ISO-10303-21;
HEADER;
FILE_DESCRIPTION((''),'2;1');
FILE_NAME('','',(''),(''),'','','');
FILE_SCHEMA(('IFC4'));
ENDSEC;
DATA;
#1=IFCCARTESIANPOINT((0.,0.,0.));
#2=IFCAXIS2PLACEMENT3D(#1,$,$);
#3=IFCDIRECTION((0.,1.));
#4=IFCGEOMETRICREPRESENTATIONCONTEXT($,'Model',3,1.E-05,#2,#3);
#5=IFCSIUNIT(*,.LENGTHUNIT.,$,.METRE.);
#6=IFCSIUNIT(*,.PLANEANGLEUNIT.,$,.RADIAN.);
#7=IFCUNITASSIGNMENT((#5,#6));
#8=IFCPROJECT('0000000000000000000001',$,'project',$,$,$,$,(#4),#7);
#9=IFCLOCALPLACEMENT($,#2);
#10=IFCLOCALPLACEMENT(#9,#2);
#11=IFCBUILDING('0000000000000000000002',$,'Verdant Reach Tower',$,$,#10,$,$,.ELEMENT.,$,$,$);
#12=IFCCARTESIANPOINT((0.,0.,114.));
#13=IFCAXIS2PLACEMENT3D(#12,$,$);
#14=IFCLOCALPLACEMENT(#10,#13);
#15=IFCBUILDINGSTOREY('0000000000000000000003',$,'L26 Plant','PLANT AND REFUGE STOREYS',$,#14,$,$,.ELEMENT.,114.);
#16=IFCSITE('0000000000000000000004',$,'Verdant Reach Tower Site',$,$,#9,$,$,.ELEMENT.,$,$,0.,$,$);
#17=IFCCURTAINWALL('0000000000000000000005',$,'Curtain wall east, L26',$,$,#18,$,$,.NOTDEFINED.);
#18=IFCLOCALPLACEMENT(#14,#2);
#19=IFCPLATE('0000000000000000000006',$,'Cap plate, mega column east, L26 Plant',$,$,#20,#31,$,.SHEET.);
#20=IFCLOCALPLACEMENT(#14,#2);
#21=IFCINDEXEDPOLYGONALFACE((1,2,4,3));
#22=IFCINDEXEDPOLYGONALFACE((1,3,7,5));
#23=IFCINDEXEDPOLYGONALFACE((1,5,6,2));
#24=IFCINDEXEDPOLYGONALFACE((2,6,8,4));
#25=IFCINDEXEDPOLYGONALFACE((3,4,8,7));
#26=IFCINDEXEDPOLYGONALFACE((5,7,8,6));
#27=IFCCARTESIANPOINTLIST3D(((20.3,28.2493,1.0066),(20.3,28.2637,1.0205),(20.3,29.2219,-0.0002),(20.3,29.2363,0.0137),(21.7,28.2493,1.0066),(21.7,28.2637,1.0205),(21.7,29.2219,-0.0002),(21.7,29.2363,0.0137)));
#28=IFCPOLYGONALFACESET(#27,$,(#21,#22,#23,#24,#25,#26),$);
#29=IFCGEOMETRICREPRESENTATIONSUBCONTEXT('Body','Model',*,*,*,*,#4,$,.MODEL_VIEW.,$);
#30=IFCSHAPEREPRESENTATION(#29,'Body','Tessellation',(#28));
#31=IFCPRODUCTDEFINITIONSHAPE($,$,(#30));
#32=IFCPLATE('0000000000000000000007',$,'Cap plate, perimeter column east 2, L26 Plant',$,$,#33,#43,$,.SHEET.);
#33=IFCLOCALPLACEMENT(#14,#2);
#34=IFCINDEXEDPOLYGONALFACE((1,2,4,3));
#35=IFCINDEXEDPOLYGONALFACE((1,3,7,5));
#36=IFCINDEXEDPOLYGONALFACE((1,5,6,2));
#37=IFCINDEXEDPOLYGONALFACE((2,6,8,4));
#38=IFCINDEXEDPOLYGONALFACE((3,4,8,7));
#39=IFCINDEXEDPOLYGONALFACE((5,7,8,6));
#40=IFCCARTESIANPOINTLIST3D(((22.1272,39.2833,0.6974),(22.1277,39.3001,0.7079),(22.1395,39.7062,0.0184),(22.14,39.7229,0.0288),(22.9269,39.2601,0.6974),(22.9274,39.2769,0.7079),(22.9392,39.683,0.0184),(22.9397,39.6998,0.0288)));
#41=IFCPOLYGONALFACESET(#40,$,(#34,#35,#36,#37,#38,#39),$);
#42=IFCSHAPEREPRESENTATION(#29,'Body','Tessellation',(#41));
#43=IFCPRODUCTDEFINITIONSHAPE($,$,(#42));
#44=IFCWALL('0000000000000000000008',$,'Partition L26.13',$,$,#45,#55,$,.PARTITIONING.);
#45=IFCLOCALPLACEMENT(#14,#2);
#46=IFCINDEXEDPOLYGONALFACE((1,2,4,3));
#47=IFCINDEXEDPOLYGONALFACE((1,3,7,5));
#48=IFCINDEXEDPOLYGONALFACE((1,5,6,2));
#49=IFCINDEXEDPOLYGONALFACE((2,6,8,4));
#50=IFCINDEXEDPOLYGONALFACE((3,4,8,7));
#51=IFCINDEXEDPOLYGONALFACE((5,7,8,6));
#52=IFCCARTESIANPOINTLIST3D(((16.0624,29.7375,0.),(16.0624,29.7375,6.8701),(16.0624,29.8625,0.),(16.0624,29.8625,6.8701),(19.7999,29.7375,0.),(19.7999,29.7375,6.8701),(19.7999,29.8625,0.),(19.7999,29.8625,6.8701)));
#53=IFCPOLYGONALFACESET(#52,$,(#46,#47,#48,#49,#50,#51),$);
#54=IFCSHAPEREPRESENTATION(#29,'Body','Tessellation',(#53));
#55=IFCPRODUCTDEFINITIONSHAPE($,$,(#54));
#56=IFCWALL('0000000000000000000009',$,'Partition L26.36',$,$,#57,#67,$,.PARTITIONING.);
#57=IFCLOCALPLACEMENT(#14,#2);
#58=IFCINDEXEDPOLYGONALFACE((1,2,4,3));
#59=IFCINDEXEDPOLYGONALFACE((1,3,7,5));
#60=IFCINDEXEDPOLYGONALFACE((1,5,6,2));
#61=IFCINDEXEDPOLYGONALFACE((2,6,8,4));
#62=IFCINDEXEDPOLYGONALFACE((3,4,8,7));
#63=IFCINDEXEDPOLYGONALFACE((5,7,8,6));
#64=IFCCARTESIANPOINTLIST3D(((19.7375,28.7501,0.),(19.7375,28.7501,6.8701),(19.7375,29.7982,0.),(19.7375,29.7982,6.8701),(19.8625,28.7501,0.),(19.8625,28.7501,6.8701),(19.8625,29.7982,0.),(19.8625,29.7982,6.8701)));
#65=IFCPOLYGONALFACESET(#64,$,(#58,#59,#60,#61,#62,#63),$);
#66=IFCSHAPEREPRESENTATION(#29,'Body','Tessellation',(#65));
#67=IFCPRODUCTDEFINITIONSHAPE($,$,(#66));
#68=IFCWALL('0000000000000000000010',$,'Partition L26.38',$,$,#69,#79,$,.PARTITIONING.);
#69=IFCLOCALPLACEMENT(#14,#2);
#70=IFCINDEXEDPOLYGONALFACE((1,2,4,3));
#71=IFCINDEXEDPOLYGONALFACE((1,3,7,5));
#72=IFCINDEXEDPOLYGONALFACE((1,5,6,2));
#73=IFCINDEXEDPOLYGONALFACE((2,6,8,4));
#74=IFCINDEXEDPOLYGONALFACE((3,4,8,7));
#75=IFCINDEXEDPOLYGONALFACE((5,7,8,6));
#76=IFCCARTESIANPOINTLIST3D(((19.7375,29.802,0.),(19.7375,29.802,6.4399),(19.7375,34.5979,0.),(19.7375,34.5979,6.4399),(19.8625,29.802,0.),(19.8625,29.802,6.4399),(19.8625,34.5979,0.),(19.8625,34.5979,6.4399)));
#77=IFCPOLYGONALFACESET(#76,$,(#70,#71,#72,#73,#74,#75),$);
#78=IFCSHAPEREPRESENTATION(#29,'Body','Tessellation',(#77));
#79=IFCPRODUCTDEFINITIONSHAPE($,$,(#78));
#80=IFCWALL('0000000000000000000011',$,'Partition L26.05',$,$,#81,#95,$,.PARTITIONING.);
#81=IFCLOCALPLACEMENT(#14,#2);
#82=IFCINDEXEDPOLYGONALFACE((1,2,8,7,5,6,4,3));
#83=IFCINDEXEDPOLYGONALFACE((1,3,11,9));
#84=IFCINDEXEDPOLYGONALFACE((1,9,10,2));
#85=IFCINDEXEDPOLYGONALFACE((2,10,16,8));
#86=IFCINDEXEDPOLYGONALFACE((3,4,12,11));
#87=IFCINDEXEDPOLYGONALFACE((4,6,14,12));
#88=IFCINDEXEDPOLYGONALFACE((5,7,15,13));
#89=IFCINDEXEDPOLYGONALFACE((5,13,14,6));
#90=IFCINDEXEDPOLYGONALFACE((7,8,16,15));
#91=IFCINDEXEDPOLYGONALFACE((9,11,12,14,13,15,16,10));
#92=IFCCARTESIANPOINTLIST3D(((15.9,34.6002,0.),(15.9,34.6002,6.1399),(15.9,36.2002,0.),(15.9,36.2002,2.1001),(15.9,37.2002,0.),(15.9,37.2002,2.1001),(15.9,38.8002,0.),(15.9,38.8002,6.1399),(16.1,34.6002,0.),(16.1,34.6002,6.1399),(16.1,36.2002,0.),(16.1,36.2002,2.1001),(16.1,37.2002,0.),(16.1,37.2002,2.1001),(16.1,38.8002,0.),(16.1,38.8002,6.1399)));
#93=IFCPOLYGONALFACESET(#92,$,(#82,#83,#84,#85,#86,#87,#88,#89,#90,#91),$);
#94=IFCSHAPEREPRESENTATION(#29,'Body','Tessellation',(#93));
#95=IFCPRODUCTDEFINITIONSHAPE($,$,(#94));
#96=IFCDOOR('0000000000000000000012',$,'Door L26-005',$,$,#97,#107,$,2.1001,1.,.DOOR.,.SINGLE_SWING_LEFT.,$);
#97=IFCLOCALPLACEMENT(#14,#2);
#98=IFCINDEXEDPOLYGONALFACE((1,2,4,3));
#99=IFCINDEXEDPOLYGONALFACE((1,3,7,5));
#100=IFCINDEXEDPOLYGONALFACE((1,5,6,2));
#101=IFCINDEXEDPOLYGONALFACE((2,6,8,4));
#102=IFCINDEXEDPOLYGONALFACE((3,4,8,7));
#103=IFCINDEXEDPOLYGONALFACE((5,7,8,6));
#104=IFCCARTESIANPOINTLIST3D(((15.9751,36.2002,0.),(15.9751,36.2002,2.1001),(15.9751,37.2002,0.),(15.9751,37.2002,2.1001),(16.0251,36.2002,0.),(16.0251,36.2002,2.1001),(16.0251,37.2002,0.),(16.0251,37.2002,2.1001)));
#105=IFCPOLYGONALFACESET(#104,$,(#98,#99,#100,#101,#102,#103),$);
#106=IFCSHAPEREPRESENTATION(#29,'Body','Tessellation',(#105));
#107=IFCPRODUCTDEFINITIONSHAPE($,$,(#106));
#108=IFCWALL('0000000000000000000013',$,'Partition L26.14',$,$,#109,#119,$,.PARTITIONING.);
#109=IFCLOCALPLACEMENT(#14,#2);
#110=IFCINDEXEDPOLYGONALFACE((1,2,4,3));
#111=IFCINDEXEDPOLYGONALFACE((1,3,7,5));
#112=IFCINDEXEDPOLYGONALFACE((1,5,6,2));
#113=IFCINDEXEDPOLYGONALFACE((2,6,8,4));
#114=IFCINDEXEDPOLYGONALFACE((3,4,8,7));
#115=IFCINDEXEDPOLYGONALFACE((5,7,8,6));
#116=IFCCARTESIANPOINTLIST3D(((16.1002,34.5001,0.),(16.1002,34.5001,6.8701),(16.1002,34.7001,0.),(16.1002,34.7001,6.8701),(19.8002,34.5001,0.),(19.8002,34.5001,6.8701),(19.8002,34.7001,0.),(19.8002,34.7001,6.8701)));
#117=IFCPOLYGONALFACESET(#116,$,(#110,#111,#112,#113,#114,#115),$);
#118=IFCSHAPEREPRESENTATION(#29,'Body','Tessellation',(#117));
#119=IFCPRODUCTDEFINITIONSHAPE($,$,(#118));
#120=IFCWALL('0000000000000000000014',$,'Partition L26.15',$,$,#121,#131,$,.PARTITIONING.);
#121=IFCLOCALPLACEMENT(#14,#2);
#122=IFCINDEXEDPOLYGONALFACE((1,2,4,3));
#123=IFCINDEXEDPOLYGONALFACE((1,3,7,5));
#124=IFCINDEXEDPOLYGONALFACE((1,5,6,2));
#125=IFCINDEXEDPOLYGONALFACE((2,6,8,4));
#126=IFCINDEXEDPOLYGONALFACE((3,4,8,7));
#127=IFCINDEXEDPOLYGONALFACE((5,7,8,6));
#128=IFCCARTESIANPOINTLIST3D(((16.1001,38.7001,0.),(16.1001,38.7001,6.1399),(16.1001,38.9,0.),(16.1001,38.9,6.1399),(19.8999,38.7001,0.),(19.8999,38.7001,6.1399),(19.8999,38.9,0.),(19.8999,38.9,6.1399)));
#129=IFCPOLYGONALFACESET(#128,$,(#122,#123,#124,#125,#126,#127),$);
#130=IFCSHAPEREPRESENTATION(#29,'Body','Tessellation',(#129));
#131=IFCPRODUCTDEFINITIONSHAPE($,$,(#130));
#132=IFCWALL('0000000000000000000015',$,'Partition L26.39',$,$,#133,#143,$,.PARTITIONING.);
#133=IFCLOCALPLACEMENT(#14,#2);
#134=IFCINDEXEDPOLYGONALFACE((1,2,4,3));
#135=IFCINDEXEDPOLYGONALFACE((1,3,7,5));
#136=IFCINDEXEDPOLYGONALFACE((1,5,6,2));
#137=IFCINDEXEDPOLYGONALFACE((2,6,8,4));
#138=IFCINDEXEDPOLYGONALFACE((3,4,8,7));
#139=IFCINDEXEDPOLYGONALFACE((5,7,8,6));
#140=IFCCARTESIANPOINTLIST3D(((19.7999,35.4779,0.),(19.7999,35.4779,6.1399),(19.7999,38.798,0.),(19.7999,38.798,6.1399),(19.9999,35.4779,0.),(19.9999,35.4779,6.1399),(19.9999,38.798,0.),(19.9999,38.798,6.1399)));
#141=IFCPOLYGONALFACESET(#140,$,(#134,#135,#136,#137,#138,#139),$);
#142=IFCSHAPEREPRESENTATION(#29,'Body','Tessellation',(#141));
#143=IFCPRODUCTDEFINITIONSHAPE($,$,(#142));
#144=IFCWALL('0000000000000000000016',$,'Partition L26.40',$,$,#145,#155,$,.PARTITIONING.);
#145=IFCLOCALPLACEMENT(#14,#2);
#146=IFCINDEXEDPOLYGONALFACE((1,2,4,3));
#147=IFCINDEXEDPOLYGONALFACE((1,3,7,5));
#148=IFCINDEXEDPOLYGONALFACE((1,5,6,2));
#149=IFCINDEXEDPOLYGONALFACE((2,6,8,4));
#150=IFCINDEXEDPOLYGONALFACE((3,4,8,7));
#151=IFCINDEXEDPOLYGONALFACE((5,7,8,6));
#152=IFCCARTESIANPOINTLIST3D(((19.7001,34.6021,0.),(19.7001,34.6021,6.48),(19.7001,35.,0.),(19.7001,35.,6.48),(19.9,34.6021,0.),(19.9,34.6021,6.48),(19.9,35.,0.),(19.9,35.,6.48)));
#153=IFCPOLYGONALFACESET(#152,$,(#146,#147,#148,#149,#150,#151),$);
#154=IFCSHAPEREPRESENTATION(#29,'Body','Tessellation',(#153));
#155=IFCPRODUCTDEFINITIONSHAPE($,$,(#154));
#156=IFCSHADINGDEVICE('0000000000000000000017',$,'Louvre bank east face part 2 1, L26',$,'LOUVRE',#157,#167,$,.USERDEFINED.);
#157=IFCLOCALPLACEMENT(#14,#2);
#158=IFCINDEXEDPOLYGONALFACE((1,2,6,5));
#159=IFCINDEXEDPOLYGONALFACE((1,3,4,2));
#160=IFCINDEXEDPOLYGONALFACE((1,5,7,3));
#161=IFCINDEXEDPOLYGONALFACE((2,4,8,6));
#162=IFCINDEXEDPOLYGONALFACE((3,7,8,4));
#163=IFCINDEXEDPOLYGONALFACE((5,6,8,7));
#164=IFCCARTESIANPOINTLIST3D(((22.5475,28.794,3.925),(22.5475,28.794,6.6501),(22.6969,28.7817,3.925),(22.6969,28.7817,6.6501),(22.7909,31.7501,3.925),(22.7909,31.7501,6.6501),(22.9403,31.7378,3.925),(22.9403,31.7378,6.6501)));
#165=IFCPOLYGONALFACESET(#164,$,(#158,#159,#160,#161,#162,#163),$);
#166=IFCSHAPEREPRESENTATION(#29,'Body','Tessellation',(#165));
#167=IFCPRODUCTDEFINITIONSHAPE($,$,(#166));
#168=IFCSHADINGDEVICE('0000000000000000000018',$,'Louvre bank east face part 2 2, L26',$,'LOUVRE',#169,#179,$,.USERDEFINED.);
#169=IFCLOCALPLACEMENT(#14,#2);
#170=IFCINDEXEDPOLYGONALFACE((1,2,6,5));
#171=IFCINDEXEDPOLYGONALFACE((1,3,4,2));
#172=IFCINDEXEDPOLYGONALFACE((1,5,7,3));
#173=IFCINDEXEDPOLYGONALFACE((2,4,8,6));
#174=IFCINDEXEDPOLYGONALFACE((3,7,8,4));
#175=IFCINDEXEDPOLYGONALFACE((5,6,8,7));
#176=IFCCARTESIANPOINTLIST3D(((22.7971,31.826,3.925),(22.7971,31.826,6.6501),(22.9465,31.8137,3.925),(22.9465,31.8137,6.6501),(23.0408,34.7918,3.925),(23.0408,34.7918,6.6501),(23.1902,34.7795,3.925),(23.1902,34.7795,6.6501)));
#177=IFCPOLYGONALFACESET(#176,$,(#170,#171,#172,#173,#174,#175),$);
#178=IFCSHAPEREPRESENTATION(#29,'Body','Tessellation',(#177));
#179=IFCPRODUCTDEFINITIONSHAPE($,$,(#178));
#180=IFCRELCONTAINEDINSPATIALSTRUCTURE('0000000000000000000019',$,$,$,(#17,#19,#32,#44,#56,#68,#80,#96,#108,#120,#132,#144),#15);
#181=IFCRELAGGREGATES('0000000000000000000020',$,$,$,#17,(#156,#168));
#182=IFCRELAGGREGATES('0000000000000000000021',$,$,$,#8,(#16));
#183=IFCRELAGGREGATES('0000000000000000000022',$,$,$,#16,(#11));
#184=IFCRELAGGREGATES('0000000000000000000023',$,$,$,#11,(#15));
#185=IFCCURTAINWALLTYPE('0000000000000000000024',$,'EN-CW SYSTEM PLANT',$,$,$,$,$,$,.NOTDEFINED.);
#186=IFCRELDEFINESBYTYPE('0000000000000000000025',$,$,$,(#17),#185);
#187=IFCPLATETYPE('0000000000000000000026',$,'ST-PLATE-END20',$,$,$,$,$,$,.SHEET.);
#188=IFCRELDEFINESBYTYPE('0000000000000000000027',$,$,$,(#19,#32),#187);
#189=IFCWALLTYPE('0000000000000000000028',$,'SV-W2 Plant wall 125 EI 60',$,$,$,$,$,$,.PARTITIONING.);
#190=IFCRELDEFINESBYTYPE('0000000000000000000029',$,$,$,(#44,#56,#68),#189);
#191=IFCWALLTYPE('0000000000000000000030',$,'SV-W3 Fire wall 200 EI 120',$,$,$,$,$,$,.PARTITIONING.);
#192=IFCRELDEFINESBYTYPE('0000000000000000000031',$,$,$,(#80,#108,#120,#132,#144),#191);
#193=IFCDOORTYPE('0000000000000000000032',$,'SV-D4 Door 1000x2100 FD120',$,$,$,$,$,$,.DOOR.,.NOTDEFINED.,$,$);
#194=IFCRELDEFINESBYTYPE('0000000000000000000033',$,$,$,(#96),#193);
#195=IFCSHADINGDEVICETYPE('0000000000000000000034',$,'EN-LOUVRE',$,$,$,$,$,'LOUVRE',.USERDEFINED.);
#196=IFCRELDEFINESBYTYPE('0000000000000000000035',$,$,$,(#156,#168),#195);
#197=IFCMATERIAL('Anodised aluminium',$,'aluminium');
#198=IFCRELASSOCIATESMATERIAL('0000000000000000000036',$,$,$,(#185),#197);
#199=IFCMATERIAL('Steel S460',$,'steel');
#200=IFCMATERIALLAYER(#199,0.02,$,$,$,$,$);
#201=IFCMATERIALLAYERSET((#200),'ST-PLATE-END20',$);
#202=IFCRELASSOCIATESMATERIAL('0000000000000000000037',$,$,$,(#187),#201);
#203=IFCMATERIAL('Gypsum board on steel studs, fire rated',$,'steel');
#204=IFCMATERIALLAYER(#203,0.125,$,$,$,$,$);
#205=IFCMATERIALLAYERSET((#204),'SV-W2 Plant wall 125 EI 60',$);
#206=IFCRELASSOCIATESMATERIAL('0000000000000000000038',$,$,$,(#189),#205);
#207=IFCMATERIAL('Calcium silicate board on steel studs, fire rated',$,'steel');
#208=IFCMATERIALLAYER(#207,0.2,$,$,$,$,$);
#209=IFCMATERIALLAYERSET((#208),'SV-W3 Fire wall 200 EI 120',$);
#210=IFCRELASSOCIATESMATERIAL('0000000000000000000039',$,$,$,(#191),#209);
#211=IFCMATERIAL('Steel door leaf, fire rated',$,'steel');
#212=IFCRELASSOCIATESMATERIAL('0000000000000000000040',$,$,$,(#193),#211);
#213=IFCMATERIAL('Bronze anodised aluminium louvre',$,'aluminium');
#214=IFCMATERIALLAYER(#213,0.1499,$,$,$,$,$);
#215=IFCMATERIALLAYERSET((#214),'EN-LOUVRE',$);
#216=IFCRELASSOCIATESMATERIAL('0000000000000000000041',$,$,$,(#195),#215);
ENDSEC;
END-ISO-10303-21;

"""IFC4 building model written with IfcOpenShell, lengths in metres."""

from ifc_helpers import new_model, si_unit, direction, frame, frame_2d, origin, origin_2d, place, context, subcontext, project, spatial, rectangle, extrude, material, layer, layer_set, type_object, element, fill, aggregate, save


model = new_model("IFC4")

# Units and contexts
model_context = context("Model", 3, precision=1e-05, world=origin(), true_north=direction((0.0, 1.0)))
body_context = subcontext(model_context, "Body", "Model", "MODEL_VIEW")
ifc_project = project(units=[si_unit("LENGTHUNIT", "METRE"), si_unit("PLANEANGLEUNIT", "RADIAN")], contexts=[model_context])

# Site, building, storey
site_placement = place(None, origin())
site = spatial("IfcSite", under=ifc_project, at=site_placement, Name="Verdant Reach Tower Site", CompositionType="ELEMENT", RefElevation=0.0)
building_placement = place(site_placement, origin())
building = spatial("IfcBuilding", under=site, at=building_placement, Name="Verdant Reach Tower", CompositionType="ELEMENT")
storey_placement = place(building_placement, frame((0.0, 0.0, 114.0)))
storey = spatial("IfcBuildingStorey", under=building, at=storey_placement, Name="L26 Plant", Description="PLANT AND REFUGE STOREYS", CompositionType="ELEMENT", Elevation=114.0)

# Shared definitions
ifc_material_1 = material(Name="Steel S460", Category="steel")

# Curtain wall
ifc_material_2 = material(Name="Anodised aluminium", Category="aluminium")
curtain_wall_type = type_object("IfcCurtainWallType", Name="EN-CW SYSTEM PLANT", PredefinedType="NOTDEFINED", material=ifc_material_2)
curtain_wall_placement = place(storey_placement, origin())
curtain_wall = element("IfcCurtainWall", 1, at=curtain_wall_placement, inside=storey, type_object=curtain_wall_type, Name="Curtain wall east, L26", PredefinedType="NOTDEFINED")

# Plates
ifc_layer_1 = layer(ifc_material_1, 0.02)
ifc_layer_set_1 = layer_set([ifc_layer_1], Name="ST-PLATE-END20")
plate_type_1 = type_object("IfcPlateType", Name="ST-PLATE-END20", PredefinedType="SHEET", material=ifc_layer_set_1)
plate_1_placement = place(storey_placement, frame((21.0, 28.7356, 0.5032), z_axis=(0.0, 0.719191, 0.694812), x_axis=(-1.0, 0.0, 0.0)))
element("IfcPlate", 2, at=plate_1_placement, inside=storey, type_object=plate_type_1, Name="Cap plate, mega column east, L26 Plant", PredefinedType="SHEET", context=body_context, shape_type="SweptSolid", body=[
    extrude(rectangle(XDim=1.3999, YDim=1.3999, at=origin_2d()), origin(), (0.0, 0.0, 1.0), 0.02),
])
plate_2_placement = place(storey_placement, frame((22.5332, 39.4832, 0.3579), z_axis=(0.024592, 0.848432, 0.528733), x_axis=(-0.99958, 0.028973, 0.0)))
element("IfcPlate", 3, at=plate_2_placement, inside=storey, type_object=plate_type_1, Name="Cap plate, perimeter column east 2, L26 Plant", PredefinedType="SHEET", context=body_context, shape_type="SweptSolid", body=[
    extrude(rectangle(XDim=0.8, YDim=0.8, at=origin_2d()), origin(), (0.0, 0.0, 1.0), 0.0198),
])

# Walls
ifc_material_3 = material(Name="Gypsum board on steel studs, fire rated", Category="steel")
ifc_layer_2 = layer(ifc_material_3, 0.125)
ifc_layer_set_2 = layer_set([ifc_layer_2], Name="SV-W2 Plant wall 125 EI 60")
wall_type_1 = type_object("IfcWallType", Name="SV-W2 Plant wall 125 EI 60", PredefinedType="PARTITIONING", material=ifc_layer_set_2)
wall_1_placement = place(storey_placement, frame((16.0625, 29.8, 0.0), z_axis=(0.0, 0.0, 1.0), x_axis=(1.0, 0.0, 0.0)))
element("IfcWall", 4, at=wall_1_placement, inside=storey, type_object=wall_type_1, Name="Partition L26.13", PredefinedType="PARTITIONING", context=body_context, shape_type="SweptSolid", body=[
    extrude(rectangle(XDim=3.7375, YDim=0.125, at=frame_2d((1.8687, 0.0))), origin(), (0.0, 0.0, 1.0), 6.8701),
])
wall_2_placement = place(storey_placement, frame((19.8, 29.7981, 0.0), z_axis=(0.0, 0.0, 1.0), x_axis=(0.0, -1.0, 0.0)))
element("IfcWall", 5, at=wall_2_placement, inside=storey, type_object=wall_type_1, Name="Partition L26.36", PredefinedType="PARTITIONING", context=body_context, shape_type="SweptSolid", body=[
    extrude(rectangle(XDim=1.0481, YDim=0.125, at=frame_2d((0.5239, 0.0))), origin(), (0.0, 0.0, 1.0), 6.8701),
])
wall_3_placement = place(storey_placement, frame((19.8, 34.5979, 0.0), z_axis=(0.0, 0.0, 1.0), x_axis=(0.0, -1.0, 0.0)))
element("IfcWall", 6, at=wall_3_placement, inside=storey, type_object=wall_type_1, Name="Partition L26.38", PredefinedType="PARTITIONING", context=body_context, shape_type="SweptSolid", body=[
    extrude(rectangle(XDim=4.7959, YDim=0.125, at=frame_2d((2.3979, 0.0))), origin(), (0.0, 0.0, 1.0), 6.4399),
])

# Wall, opening, door
ifc_material_4 = material(Name="Calcium silicate board on steel studs, fire rated", Category="steel")
ifc_layer_3 = layer(ifc_material_4, 0.2)
ifc_layer_set_3 = layer_set([ifc_layer_3], Name="SV-W3 Fire wall 200 EI 120")
wall_type_2 = type_object("IfcWallType", Name="SV-W3 Fire wall 200 EI 120", PredefinedType="PARTITIONING", material=ifc_layer_set_3)
wall_4_placement = place(storey_placement, frame((16.0, 34.6001, 0.0), z_axis=(0.0, 0.0, 1.0), x_axis=(0.0, 1.0, 0.0)))
wall_4 = element("IfcWall", 7, at=wall_4_placement, inside=storey, type_object=wall_type_2, Name="Partition L26.05", PredefinedType="PARTITIONING", context=body_context, shape_type="SweptSolid", body=[
    extrude(rectangle(XDim=4.2, YDim=0.2, at=frame_2d((2.1001, 0.0))), origin(), (0.0, 0.0, 1.0), 6.1399),
])
opening_placement = place(wall_4_placement, frame((1.6001, 0.0, 0.0)))
opening = element("IfcOpeningElement", 8, at=opening_placement, cuts=wall_4, PredefinedType="OPENING", context=body_context, shape_type="SweptSolid", body=[
    extrude(rectangle(XDim=1.0, YDim=2.1001, at=frame_2d((0.5, 1.05))), frame((0.0, 0.1099, 0.0), z_axis=(0.0, -1.0, 0.0), x_axis=(1.0, 0.0, 0.0)), (0.0, 0.0, 1.0), 0.22),
])
ifc_material_5 = material(Name="Steel door leaf, fire rated", Category="steel")
door_type = type_object("IfcDoorType", Name="SV-D4 Door 1000x2100 FD120", OperationType="NOTDEFINED", PredefinedType="DOOR", material=ifc_material_5)
door_placement = place(opening_placement, origin())
door = element("IfcDoor", 9, at=door_placement, inside=storey, type_object=door_type, Name="Door L26-005", OperationType="SINGLE_SWING_LEFT", OverallHeight=2.1001, OverallWidth=1.0, PredefinedType="DOOR", context=body_context, shape_type="SweptSolid", body=[
    extrude(rectangle(XDim=1.0, YDim=2.1001, at=frame_2d((0.5, 1.05))), frame((0.0, 0.0249, 0.0), z_axis=(0.0, -1.0, 0.0), x_axis=(1.0, 0.0, 0.0)), (0.0, 0.0, 1.0), 0.05),
])
fill(opening, door)

# Walls
wall_5_placement = place(storey_placement, frame((16.1001, 34.6001, 0.0), z_axis=(0.0, 0.0, 1.0), x_axis=(1.0, 0.0, 0.0)))
element("IfcWall", 10, at=wall_5_placement, inside=storey, type_object=wall_type_2, Name="Partition L26.14", PredefinedType="PARTITIONING", context=body_context, shape_type="SweptSolid", body=[
    extrude(rectangle(XDim=3.7, YDim=0.2, at=frame_2d((1.8501, 0.0))), origin(), (0.0, 0.0, 1.0), 6.8701),
])
wall_6_placement = place(storey_placement, frame((16.1001, 38.8, 0.0), z_axis=(0.0, 0.0, 1.0), x_axis=(1.0, 0.0, 0.0)))
element("IfcWall", 11, at=wall_6_placement, inside=storey, type_object=wall_type_2, Name="Partition L26.15", PredefinedType="PARTITIONING", context=body_context, shape_type="SweptSolid", body=[
    extrude(rectangle(XDim=3.7998, YDim=0.2, at=frame_2d((1.8999, 0.0))), origin(), (0.0, 0.0, 1.0), 6.1399),
])
wall_7_placement = place(storey_placement, frame((19.8999, 38.7981, 0.0), z_axis=(0.0, 0.0, 1.0), x_axis=(0.0, -1.0, 0.0)))
element("IfcWall", 12, at=wall_7_placement, inside=storey, type_object=wall_type_2, Name="Partition L26.39", PredefinedType="PARTITIONING", context=body_context, shape_type="SweptSolid", body=[
    extrude(rectangle(XDim=3.3201, YDim=0.2, at=frame_2d((1.6602, 0.0))), origin(), (0.0, 0.0, 1.0), 6.1399),
])
wall_8_placement = place(storey_placement, frame((19.8, 35.0, 0.0), z_axis=(0.0, 0.0, 1.0), x_axis=(0.0, -1.0, 0.0)))
element("IfcWall", 13, at=wall_8_placement, inside=storey, type_object=wall_type_2, Name="Partition L26.40", PredefinedType="PARTITIONING", context=body_context, shape_type="SweptSolid", body=[
    extrude(rectangle(XDim=0.3979, YDim=0.2, at=frame_2d((0.199, 0.0))), origin(), (0.0, 0.0, 1.0), 6.48),
])

# Shading devices
ifc_material_6 = material(Name="Bronze anodised aluminium louvre", Category="aluminium")
ifc_layer_4 = layer(ifc_material_6, 0.1499)
ifc_layer_set_4 = layer_set([ifc_layer_4], Name="EN-LOUVRE")
shading_device_type = type_object("IfcShadingDeviceType", Name="EN-LOUVRE", ElementType="LOUVRE", PredefinedType="USERDEFINED", material=ifc_layer_set_4)
shading_device_1_placement = place(storey_placement, frame((22.7439, 30.2659, 3.925), z_axis=(0.0, 0.0, 1.0), x_axis=(0.082047, 0.996628, 0.0)))
shading_device_1 = element("IfcShadingDevice", 14, at=shading_device_1_placement, type_object=shading_device_type, Name="Louvre bank east face part 2 1, L26", ObjectType="LOUVRE", PredefinedType="USERDEFINED", context=body_context, shape_type="SweptSolid", body=[
    extrude(rectangle(XDim=2.9661, YDim=0.1499, at=origin_2d()), origin(), (0.0, 0.0, 1.0), 2.7251),
])
shading_device_2_placement = place(storey_placement, frame((22.9937, 33.3027, 3.925), z_axis=(0.0, 0.0, 1.0), x_axis=(0.081916, 0.996639, 0.0)))
shading_device_2 = element("IfcShadingDevice", 15, at=shading_device_2_placement, type_object=shading_device_type, Name="Louvre bank east face part 2 2, L26", ObjectType="LOUVRE", PredefinedType="USERDEFINED", context=body_context, shape_type="SweptSolid", body=[
    extrude(rectangle(XDim=2.9758, YDim=0.1499, at=origin_2d()), origin(), (0.0, 0.0, 1.0), 2.7251),
])
aggregate(curtain_wall, [shading_device_1, shading_device_2])

save(model, "model.ifc")
